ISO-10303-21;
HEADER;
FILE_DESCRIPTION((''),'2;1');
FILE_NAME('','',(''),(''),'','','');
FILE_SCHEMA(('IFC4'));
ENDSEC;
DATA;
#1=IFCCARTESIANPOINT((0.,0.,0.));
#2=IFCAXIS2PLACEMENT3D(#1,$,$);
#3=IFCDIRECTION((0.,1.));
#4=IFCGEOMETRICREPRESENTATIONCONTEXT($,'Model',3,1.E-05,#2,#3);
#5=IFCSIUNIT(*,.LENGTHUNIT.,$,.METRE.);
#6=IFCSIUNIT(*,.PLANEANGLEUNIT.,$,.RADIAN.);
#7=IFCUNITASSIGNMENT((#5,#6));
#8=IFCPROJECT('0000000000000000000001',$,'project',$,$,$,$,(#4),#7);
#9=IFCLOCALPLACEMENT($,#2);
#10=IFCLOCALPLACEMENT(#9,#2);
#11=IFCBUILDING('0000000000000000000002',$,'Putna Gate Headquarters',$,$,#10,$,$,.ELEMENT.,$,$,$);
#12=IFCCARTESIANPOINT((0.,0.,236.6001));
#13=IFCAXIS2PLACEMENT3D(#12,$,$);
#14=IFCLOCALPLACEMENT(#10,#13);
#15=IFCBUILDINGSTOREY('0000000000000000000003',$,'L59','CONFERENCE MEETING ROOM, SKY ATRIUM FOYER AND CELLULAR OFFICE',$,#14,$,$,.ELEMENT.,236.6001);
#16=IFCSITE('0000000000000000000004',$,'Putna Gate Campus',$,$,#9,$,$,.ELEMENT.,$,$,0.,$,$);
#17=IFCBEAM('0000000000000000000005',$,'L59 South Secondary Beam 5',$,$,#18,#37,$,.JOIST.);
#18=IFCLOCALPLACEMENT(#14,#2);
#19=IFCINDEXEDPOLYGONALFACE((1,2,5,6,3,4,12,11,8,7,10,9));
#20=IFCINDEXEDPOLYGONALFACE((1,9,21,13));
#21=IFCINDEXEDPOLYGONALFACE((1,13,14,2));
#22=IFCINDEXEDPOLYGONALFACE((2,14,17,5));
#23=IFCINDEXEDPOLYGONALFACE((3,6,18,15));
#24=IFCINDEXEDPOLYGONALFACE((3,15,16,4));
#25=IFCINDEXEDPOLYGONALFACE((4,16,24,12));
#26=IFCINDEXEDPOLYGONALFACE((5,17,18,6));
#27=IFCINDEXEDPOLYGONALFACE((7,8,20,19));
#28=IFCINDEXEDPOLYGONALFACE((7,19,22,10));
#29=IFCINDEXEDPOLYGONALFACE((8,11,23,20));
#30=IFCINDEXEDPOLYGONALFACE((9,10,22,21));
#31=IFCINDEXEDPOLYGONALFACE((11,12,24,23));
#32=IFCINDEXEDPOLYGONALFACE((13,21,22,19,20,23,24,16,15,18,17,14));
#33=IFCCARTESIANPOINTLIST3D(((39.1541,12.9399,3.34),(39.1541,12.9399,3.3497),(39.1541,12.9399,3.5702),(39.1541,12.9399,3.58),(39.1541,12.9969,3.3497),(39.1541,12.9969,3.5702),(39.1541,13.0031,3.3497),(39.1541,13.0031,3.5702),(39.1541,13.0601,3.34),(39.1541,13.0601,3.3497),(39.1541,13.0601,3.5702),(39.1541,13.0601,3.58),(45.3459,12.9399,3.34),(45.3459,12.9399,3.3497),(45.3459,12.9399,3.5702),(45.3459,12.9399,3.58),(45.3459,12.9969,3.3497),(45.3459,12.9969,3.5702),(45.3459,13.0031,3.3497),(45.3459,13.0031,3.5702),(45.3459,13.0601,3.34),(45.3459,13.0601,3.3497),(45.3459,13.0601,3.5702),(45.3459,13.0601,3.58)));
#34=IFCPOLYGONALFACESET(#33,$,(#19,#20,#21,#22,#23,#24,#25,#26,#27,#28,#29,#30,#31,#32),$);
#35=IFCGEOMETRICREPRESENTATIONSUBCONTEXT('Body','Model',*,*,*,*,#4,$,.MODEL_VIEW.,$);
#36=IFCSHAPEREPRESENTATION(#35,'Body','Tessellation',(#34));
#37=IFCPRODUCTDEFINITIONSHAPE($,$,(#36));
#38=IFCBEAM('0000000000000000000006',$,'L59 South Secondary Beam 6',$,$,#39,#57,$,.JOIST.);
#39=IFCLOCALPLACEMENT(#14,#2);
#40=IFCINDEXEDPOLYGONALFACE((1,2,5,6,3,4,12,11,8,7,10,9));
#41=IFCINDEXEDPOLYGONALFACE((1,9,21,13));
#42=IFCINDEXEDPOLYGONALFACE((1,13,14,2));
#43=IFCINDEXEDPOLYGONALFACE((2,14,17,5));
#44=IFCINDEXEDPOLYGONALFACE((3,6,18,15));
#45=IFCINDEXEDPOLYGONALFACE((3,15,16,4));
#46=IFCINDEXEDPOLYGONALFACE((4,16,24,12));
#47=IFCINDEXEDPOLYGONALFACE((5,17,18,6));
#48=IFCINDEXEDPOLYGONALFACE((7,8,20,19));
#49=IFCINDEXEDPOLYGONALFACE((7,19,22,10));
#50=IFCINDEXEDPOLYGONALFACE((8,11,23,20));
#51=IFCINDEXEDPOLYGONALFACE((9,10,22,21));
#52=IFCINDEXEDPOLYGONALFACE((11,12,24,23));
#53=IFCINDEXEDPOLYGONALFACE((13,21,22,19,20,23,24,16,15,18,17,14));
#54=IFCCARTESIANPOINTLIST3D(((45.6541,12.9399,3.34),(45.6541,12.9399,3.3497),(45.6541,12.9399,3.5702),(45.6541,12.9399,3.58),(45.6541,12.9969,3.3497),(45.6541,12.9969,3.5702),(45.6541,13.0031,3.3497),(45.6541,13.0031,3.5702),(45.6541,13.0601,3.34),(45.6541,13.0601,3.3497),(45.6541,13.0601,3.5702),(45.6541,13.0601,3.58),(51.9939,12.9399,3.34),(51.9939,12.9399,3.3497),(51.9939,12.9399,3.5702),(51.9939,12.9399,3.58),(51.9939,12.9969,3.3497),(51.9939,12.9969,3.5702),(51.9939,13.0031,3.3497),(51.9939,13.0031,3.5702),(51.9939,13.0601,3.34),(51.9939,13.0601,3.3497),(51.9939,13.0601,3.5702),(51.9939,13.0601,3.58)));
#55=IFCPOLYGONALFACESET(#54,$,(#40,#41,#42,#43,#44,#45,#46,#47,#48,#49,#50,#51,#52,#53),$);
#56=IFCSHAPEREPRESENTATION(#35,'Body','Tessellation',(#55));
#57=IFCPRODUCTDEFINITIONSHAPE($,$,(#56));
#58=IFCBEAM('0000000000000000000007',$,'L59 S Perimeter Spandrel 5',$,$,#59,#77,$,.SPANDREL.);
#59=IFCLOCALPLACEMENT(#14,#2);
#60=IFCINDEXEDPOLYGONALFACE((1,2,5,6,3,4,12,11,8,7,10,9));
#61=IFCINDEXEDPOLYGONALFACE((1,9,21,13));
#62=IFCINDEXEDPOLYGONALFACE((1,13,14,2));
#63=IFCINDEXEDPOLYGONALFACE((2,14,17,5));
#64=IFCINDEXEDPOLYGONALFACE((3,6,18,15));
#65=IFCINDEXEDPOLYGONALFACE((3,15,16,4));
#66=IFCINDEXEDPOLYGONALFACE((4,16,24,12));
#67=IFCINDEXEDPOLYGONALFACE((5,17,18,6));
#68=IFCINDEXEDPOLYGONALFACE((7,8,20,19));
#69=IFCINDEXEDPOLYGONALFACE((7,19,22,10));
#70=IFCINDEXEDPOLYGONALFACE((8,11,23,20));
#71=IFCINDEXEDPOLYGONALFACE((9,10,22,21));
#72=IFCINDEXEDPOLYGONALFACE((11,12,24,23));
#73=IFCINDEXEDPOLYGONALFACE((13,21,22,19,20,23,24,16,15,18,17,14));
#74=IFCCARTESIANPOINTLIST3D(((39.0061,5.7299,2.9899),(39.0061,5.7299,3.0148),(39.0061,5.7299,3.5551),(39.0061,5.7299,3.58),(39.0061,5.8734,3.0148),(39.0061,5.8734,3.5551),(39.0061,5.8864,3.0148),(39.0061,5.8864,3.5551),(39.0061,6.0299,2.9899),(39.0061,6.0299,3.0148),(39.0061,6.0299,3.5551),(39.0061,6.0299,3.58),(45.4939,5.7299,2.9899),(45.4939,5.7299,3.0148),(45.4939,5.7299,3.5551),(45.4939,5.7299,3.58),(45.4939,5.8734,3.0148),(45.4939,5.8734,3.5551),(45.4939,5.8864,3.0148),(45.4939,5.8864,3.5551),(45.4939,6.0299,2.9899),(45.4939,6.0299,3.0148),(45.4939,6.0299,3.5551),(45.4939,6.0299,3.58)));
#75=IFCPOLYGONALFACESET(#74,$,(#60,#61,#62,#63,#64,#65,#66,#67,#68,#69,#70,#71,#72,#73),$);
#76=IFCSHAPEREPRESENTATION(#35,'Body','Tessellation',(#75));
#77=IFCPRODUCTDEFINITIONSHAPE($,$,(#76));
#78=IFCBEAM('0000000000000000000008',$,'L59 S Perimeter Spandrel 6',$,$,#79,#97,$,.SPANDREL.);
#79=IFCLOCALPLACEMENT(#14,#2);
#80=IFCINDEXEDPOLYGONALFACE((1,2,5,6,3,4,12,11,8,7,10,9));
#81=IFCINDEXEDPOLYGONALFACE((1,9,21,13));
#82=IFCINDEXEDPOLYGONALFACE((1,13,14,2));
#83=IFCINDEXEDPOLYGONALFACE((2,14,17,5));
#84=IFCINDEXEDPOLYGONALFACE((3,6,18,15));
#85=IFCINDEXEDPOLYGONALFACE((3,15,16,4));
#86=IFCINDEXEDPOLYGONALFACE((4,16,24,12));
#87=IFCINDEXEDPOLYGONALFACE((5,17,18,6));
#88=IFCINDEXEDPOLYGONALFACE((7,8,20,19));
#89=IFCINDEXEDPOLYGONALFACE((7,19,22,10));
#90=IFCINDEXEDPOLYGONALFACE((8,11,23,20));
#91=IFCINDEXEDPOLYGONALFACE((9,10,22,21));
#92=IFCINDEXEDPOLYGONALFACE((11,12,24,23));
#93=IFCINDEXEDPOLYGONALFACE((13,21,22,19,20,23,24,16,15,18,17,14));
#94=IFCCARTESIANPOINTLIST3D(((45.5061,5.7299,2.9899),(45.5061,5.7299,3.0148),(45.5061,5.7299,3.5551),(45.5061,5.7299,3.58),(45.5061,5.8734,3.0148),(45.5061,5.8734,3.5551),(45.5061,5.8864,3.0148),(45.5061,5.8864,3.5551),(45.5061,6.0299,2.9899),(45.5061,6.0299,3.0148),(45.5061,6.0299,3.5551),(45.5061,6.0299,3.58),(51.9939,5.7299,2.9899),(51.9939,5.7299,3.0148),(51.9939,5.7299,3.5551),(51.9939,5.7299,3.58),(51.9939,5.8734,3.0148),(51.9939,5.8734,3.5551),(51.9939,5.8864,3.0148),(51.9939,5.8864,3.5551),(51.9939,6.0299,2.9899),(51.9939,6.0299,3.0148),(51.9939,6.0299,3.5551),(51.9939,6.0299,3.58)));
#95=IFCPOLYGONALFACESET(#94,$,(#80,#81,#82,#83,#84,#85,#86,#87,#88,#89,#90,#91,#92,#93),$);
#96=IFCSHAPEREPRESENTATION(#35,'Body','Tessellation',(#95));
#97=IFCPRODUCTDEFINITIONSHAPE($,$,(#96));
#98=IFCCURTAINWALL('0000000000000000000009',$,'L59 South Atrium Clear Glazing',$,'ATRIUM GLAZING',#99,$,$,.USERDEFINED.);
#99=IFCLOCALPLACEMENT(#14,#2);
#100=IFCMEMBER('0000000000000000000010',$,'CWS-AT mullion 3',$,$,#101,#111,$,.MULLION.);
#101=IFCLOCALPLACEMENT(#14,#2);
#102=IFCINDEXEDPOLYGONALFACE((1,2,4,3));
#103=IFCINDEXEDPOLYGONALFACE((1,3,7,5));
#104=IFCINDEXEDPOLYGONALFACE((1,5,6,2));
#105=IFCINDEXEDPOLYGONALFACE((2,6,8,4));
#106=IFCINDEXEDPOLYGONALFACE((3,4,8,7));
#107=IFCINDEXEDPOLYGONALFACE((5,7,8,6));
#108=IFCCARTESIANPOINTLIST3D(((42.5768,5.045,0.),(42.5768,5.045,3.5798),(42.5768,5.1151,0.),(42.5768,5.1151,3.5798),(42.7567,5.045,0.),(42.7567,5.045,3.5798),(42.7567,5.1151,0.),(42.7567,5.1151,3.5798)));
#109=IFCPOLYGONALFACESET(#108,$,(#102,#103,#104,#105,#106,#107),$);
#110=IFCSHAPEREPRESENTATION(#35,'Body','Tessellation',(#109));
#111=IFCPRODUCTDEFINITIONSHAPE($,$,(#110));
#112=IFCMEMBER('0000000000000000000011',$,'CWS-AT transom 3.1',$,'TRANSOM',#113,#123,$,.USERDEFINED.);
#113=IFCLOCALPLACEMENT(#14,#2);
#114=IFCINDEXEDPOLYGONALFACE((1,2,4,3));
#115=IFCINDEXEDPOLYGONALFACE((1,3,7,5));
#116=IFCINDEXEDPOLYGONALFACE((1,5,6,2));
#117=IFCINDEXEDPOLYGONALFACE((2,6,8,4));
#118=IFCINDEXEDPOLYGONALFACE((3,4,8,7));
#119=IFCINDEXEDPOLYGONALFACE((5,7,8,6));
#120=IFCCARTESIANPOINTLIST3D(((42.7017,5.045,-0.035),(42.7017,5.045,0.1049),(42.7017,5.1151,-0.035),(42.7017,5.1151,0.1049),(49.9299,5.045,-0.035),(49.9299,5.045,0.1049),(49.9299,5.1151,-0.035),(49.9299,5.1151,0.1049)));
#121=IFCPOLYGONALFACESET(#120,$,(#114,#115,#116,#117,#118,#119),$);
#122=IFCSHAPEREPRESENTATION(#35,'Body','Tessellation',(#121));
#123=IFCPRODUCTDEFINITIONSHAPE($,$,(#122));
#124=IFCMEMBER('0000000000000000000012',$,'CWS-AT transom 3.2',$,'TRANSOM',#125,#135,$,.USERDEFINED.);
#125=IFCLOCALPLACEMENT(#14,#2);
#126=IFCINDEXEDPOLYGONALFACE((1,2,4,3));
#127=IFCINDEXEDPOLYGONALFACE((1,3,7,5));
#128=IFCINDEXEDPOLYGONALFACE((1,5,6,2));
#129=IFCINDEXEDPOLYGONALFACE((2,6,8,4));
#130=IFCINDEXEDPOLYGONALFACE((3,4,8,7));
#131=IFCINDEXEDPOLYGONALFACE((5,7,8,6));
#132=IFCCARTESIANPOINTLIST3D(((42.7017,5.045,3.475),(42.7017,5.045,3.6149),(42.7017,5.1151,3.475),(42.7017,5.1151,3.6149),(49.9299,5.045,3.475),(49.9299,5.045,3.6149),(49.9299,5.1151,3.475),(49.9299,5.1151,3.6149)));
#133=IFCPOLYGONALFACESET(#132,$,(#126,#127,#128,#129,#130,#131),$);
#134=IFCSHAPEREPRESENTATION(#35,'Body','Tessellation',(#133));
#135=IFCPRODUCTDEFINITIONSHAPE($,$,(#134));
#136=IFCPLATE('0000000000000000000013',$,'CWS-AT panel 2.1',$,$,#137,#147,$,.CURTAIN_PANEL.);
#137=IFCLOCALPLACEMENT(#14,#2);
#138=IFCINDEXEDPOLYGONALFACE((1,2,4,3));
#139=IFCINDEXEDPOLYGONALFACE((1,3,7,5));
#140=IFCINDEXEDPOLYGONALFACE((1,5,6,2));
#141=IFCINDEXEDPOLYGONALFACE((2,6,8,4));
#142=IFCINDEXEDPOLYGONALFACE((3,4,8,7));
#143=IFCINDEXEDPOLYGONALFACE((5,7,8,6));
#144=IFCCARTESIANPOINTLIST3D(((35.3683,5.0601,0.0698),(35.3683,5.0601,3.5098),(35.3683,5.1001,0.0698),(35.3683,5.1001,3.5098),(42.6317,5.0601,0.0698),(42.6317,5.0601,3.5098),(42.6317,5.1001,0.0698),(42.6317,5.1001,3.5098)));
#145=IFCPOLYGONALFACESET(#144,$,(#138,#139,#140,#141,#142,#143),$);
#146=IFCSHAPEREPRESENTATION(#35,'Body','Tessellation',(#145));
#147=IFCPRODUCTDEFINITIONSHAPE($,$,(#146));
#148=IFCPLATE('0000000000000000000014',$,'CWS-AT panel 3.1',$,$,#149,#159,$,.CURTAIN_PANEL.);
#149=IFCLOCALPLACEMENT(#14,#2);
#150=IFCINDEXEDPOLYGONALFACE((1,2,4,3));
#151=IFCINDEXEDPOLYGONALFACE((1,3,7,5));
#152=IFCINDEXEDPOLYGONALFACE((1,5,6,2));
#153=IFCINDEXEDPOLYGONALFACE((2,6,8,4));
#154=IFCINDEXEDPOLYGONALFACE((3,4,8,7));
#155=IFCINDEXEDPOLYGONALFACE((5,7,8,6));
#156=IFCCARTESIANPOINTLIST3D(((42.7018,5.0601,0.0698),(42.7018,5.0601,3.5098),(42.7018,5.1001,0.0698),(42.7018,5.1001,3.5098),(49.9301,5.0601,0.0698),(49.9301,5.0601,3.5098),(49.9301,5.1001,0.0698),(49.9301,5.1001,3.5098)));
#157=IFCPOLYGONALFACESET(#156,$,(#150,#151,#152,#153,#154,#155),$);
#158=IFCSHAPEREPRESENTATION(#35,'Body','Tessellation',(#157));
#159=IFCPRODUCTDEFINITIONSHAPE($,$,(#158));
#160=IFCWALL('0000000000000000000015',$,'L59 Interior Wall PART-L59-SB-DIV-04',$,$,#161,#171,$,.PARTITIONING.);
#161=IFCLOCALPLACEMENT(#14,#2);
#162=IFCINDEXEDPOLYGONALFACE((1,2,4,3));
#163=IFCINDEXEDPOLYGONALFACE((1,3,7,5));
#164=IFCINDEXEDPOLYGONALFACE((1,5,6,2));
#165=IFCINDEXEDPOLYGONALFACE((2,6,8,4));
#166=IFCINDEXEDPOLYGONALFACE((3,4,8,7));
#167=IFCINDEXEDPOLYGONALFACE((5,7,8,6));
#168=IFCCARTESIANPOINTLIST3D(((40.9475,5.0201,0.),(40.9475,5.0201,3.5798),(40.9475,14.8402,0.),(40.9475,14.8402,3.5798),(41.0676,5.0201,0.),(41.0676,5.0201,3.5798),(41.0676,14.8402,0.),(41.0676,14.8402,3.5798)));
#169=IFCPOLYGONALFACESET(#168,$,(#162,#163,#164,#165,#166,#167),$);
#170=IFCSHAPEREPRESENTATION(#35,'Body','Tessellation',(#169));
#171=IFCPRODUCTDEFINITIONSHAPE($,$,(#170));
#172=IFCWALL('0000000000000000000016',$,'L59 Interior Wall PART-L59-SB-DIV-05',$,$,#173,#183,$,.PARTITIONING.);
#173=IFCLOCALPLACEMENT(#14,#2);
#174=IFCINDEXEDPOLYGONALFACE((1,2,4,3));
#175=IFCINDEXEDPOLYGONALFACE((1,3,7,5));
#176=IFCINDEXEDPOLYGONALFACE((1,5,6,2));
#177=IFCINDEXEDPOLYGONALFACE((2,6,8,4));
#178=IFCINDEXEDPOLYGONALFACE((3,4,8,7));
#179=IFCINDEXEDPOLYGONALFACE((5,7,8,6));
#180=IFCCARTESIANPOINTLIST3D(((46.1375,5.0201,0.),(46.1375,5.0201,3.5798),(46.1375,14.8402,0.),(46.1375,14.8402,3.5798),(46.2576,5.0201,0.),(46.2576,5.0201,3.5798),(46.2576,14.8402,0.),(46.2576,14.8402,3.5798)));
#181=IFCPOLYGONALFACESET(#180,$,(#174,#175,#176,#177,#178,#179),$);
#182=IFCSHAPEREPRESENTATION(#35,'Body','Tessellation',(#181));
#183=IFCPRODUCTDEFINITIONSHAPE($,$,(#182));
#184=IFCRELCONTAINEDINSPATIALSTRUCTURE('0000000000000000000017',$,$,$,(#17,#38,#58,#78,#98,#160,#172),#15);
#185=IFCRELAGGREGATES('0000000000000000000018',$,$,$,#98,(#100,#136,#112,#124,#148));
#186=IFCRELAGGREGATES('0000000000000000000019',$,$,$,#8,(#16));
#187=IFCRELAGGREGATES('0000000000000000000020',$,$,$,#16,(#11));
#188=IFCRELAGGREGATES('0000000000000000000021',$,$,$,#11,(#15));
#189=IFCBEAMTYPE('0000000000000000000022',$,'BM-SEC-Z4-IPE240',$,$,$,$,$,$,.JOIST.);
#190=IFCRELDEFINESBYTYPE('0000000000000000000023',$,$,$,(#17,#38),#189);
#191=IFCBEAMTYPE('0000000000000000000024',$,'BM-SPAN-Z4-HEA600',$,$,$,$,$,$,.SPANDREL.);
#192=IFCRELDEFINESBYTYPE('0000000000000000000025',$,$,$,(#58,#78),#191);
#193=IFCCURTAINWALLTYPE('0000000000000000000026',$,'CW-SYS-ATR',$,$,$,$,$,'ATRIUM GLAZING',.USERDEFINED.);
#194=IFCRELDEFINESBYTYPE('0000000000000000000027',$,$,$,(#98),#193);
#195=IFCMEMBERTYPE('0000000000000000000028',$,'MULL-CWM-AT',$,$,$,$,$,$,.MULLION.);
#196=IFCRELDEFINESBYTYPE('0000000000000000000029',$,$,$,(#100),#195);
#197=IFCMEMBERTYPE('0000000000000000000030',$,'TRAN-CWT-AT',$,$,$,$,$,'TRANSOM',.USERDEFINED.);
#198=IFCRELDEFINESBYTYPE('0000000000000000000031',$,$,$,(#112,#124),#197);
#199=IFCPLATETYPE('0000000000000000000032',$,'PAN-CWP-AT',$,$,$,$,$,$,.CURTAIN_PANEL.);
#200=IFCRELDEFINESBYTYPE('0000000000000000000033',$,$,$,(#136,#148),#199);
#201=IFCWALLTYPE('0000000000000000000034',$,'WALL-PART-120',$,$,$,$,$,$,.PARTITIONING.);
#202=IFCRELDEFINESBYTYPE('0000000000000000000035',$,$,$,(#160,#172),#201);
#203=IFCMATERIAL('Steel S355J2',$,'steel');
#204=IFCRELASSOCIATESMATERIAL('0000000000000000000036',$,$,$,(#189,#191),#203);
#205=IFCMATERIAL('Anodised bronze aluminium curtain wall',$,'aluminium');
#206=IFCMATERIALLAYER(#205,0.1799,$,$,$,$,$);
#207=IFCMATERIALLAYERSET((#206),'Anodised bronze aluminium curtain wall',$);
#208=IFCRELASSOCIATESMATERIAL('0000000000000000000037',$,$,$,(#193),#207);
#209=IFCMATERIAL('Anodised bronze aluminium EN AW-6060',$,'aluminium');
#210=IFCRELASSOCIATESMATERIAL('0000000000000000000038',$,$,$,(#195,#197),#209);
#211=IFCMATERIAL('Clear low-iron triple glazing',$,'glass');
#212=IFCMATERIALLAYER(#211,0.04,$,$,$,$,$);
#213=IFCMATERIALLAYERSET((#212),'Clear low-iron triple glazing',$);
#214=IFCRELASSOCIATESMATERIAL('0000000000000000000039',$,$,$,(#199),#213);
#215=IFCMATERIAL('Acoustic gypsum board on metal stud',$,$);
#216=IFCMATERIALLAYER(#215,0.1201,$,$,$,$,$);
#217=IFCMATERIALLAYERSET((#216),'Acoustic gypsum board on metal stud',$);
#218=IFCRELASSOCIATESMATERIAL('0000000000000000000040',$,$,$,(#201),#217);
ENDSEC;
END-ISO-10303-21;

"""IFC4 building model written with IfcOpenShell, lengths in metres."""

from ifc_helpers import new_model, si_unit, direction, frame, frame_2d, origin, origin_2d, place, context, subcontext, project, spatial, rectangle, i_section, extrude, material, layer, layer_set, material_profile, profile_set, type_object, element, aggregate, save


model = new_model("IFC4")

# Units and contexts
model_context = context("Model", 3, precision=1e-05, world=origin(), true_north=direction((0.0, 1.0)))
body_context = subcontext(model_context, "Body", "Model", "MODEL_VIEW")
ifc_project = project(units=[si_unit("LENGTHUNIT", "METRE"), si_unit("PLANEANGLEUNIT", "RADIAN")], contexts=[model_context])

# Site, building, storey
site_placement = place(None, origin())
site = spatial("IfcSite", under=ifc_project, at=site_placement, Name="Putna Gate Campus", CompositionType="ELEMENT", RefElevation=0.0)
building_placement = place(site_placement, origin())
building = spatial("IfcBuilding", under=site, at=building_placement, Name="Putna Gate Headquarters", CompositionType="ELEMENT")
storey_placement = place(building_placement, frame((0.0, 0.0, 236.6001)))
storey = spatial("IfcBuildingStorey", under=building, at=storey_placement, Name="L59", Description="CONFERENCE MEETING ROOM, SKY ATRIUM FOYER AND CELLULAR OFFICE", CompositionType="ELEMENT", Elevation=236.6001)

# Beams
ifc_material_1 = material(Name="Steel S355J2", Category="steel")
ifc_material_profile_1 = material_profile(ifc_material_1, i_section(OverallWidth=0.1201, OverallDepth=0.24, WebThickness=0.0061, FlangeThickness=0.0098, at=origin_2d()), Name="Steel S355J2")
ifc_profile_set_1 = profile_set([ifc_material_profile_1], Name="Steel S355J2")
beam_type_1 = type_object("IfcBeamType", Name="BM-SEC-Z4-IPE240", PredefinedType="JOIST", material=ifc_profile_set_1)
beam_1_placement = place(storey_placement, frame((39.1541, 13.0, 3.46), z_axis=(1.0, 0.0, 0.0), x_axis=(0.0, 1.0, 0.0)))
element("IfcBeam", 1, at=beam_1_placement, inside=storey, type_object=beam_type_1, Name="L59 South Secondary Beam 5", PredefinedType="JOIST", context=body_context, shape_type="SweptSolid", body=[
    extrude(i_section(OverallWidth=0.1201, OverallDepth=0.24, WebThickness=0.0061, FlangeThickness=0.0098, at=origin_2d()), origin(), (0.0, 0.0, 1.0), 6.1919),
])
beam_2_placement = place(storey_placement, frame((45.6541, 13.0, 3.46), z_axis=(1.0, 0.0, 0.0), x_axis=(0.0, 1.0, 0.0)))
element("IfcBeam", 2, at=beam_2_placement, inside=storey, type_object=beam_type_1, Name="L59 South Secondary Beam 6", PredefinedType="JOIST", context=body_context, shape_type="SweptSolid", body=[
    extrude(i_section(OverallWidth=0.1201, OverallDepth=0.24, WebThickness=0.0061, FlangeThickness=0.0098, at=origin_2d()), origin(), (0.0, 0.0, 1.0), 6.3398),
])
ifc_material_profile_2 = material_profile(ifc_material_1, i_section(OverallWidth=0.3, OverallDepth=0.5901, WebThickness=0.0129, FlangeThickness=0.0249, at=origin_2d()), Name="Steel S355J2")
ifc_profile_set_2 = profile_set([ifc_material_profile_2], Name="Steel S355J2")
beam_type_2 = type_object("IfcBeamType", Name="BM-SPAN-Z4-HEA600", PredefinedType="SPANDREL", material=ifc_profile_set_2)
for number, where, z_axis, x_axis, name in (
    (3, (39.0061, 5.8799, 3.2849), (1.0, 0.0, 0.0), (0.0, 1.0, 0.0), "L59 S Perimeter Spandrel 5"),
    (4, (45.5061, 5.8799, 3.2849), (1.0, 0.0, 0.0), (0.0, 1.0, 0.0), "L59 S Perimeter Spandrel 6"),
):
    element("IfcBeam", number, at=place(storey_placement, frame(where, z_axis=z_axis, x_axis=x_axis)), inside=storey, type_object=beam_type_2, Name=name, PredefinedType="SPANDREL", context=body_context, shape_type="SweptSolid", body=[
        extrude(i_section(OverallWidth=0.3, OverallDepth=0.5901, WebThickness=0.0129, FlangeThickness=0.0249, at=origin_2d()), origin(), (0.0, 0.0, 1.0), 6.4878),
    ])

# Curtain wall, members, plates
ifc_material_2 = material(Name="Anodised bronze aluminium curtain wall", Category="aluminium")
ifc_layer_1 = layer(ifc_material_2, 0.1799)
ifc_layer_set_1 = layer_set([ifc_layer_1], Name="Anodised bronze aluminium curtain wall")
curtain_wall_type = type_object("IfcCurtainWallType", Name="CW-SYS-ATR", ElementType="ATRIUM GLAZING", PredefinedType="USERDEFINED", material=ifc_layer_set_1)
curtain_wall_placement = place(storey_placement, origin())
curtain_wall = element("IfcCurtainWall", 5, at=curtain_wall_placement, inside=storey, type_object=curtain_wall_type, Name="L59 South Atrium Clear Glazing", ObjectType="ATRIUM GLAZING", PredefinedType="USERDEFINED")
ifc_material_3 = material(Name="Anodised bronze aluminium EN AW-6060", Category="aluminium")
ifc_material_profile_3 = material_profile(ifc_material_3, rectangle(XDim=0.0701, YDim=0.1799, at=origin_2d()), Name="Anodised bronze aluminium EN AW-6060")
ifc_profile_set_3 = profile_set([ifc_material_profile_3], Name="Anodised bronze aluminium EN AW-6060")
member_type_1 = type_object("IfcMemberType", Name="MULL-CWM-AT", PredefinedType="MULLION", material=ifc_profile_set_3)
member_1_placement = place(storey_placement, frame((42.6667, 5.0801, 0.0), z_axis=(0.0, 0.0, 1.0), x_axis=(0.0, 1.0, 0.0)))
member_1 = element("IfcMember", 6, at=member_1_placement, type_object=member_type_1, Name="CWS-AT mullion 3", PredefinedType="MULLION", context=body_context, shape_type="SweptSolid", body=[
    extrude(rectangle(XDim=0.0701, YDim=0.1799, at=origin_2d()), origin(), (0.0, 0.0, 1.0), 3.5798),
])
ifc_material_profile_4 = material_profile(ifc_material_3, rectangle(XDim=0.0701, YDim=0.1399, at=origin_2d()), Name="Anodised bronze aluminium EN AW-6060")
ifc_profile_set_4 = profile_set([ifc_material_profile_4], Name="Anodised bronze aluminium EN AW-6060")
member_type_2 = type_object("IfcMemberType", Name="TRAN-CWT-AT", ElementType="TRANSOM", PredefinedType="USERDEFINED", material=ifc_profile_set_4)
member_2_placement = place(storey_placement, frame((42.7017, 5.0801, 0.0349), z_axis=(1.0, 0.0, 0.0), x_axis=(0.0, 1.0, 0.0)))
member_2 = element("IfcMember", 7, at=member_2_placement, type_object=member_type_2, Name="CWS-AT transom 3.1", ObjectType="TRANSOM", PredefinedType="USERDEFINED", context=body_context, shape_type="SweptSolid", body=[
    extrude(rectangle(XDim=0.0701, YDim=0.1399, at=origin_2d()), origin(), (0.0, 0.0, 1.0), 7.2283),
])
member_3_placement = place(storey_placement, frame((42.7017, 5.0801, 3.5449), z_axis=(1.0, 0.0, 0.0), x_axis=(0.0, 1.0, 0.0)))
member_3 = element("IfcMember", 8, at=member_3_placement, type_object=member_type_2, Name="CWS-AT transom 3.2", ObjectType="TRANSOM", PredefinedType="USERDEFINED", context=body_context, shape_type="SweptSolid", body=[
    extrude(rectangle(XDim=0.0701, YDim=0.1399, at=origin_2d()), origin(), (0.0, 0.0, 1.0), 7.2283),
])
ifc_material_4 = material(Name="Clear low-iron triple glazing", Category="glass")
ifc_layer_2 = layer(ifc_material_4, 0.04)
ifc_layer_set_2 = layer_set([ifc_layer_2], Name="Clear low-iron triple glazing")
plate_type = type_object("IfcPlateType", Name="PAN-CWP-AT", PredefinedType="CURTAIN_PANEL", material=ifc_layer_set_2)
plate_1_placement = place(storey_placement, frame((39.0, 5.0801, 0.0698), z_axis=(0.0, 0.0, 1.0), x_axis=(1.0, 0.0, 0.0)))
plate_1 = element("IfcPlate", 9, at=plate_1_placement, type_object=plate_type, Name="CWS-AT panel 2.1", PredefinedType="CURTAIN_PANEL", context=body_context, shape_type="SweptSolid", body=[
    extrude(rectangle(XDim=7.2634, YDim=0.04, at=origin_2d()), origin(), (0.0, 0.0, 1.0), 3.4399),
])
plate_2_placement = place(storey_placement, frame((46.3159, 5.0801, 0.0698), z_axis=(0.0, 0.0, 1.0), x_axis=(1.0, 0.0, 0.0)))
plate_2 = element("IfcPlate", 10, at=plate_2_placement, type_object=plate_type, Name="CWS-AT panel 3.1", PredefinedType="CURTAIN_PANEL", context=body_context, shape_type="SweptSolid", body=[
    extrude(rectangle(XDim=7.2283, YDim=0.04, at=origin_2d()), origin(), (0.0, 0.0, 1.0), 3.4399),
])
aggregate(curtain_wall, [member_1, plate_1, member_2, member_3, plate_2])

# Walls
ifc_material_5 = material(Name="Acoustic gypsum board on metal stud")
ifc_layer_3 = layer(ifc_material_5, 0.1201)
ifc_layer_set_3 = layer_set([ifc_layer_3], Name="Acoustic gypsum board on metal stud")
wall_type_1 = type_object("IfcWallType", Name="WALL-PART-120", PredefinedType="PARTITIONING", material=ifc_layer_set_3)
for number, where, z_axis, x_axis, name in (
    (11, (41.0076, 5.02, 0.0), (0.0, 0.0, 1.0), (0.0, 1.0, 0.0), "L59 Interior Wall PART-L59-SB-DIV-04"),
    (12, (46.1975, 5.02, 0.0), (0.0, 0.0, 1.0), (0.0, 1.0, 0.0), "L59 Interior Wall PART-L59-SB-DIV-05"),
):
    element("IfcWall", number, at=place(storey_placement, frame(where, z_axis=z_axis, x_axis=x_axis)), inside=storey, type_object=wall_type_1, Name=name, PredefinedType="PARTITIONING", context=body_context, shape_type="SweptSolid", body=[
        extrude(rectangle(XDim=9.8201, YDim=0.1201, at=frame_2d((4.9102, 0.0))), origin(), (0.0, 0.0, 1.0), 3.5798),
    ])

save(model, "model.ifc")
